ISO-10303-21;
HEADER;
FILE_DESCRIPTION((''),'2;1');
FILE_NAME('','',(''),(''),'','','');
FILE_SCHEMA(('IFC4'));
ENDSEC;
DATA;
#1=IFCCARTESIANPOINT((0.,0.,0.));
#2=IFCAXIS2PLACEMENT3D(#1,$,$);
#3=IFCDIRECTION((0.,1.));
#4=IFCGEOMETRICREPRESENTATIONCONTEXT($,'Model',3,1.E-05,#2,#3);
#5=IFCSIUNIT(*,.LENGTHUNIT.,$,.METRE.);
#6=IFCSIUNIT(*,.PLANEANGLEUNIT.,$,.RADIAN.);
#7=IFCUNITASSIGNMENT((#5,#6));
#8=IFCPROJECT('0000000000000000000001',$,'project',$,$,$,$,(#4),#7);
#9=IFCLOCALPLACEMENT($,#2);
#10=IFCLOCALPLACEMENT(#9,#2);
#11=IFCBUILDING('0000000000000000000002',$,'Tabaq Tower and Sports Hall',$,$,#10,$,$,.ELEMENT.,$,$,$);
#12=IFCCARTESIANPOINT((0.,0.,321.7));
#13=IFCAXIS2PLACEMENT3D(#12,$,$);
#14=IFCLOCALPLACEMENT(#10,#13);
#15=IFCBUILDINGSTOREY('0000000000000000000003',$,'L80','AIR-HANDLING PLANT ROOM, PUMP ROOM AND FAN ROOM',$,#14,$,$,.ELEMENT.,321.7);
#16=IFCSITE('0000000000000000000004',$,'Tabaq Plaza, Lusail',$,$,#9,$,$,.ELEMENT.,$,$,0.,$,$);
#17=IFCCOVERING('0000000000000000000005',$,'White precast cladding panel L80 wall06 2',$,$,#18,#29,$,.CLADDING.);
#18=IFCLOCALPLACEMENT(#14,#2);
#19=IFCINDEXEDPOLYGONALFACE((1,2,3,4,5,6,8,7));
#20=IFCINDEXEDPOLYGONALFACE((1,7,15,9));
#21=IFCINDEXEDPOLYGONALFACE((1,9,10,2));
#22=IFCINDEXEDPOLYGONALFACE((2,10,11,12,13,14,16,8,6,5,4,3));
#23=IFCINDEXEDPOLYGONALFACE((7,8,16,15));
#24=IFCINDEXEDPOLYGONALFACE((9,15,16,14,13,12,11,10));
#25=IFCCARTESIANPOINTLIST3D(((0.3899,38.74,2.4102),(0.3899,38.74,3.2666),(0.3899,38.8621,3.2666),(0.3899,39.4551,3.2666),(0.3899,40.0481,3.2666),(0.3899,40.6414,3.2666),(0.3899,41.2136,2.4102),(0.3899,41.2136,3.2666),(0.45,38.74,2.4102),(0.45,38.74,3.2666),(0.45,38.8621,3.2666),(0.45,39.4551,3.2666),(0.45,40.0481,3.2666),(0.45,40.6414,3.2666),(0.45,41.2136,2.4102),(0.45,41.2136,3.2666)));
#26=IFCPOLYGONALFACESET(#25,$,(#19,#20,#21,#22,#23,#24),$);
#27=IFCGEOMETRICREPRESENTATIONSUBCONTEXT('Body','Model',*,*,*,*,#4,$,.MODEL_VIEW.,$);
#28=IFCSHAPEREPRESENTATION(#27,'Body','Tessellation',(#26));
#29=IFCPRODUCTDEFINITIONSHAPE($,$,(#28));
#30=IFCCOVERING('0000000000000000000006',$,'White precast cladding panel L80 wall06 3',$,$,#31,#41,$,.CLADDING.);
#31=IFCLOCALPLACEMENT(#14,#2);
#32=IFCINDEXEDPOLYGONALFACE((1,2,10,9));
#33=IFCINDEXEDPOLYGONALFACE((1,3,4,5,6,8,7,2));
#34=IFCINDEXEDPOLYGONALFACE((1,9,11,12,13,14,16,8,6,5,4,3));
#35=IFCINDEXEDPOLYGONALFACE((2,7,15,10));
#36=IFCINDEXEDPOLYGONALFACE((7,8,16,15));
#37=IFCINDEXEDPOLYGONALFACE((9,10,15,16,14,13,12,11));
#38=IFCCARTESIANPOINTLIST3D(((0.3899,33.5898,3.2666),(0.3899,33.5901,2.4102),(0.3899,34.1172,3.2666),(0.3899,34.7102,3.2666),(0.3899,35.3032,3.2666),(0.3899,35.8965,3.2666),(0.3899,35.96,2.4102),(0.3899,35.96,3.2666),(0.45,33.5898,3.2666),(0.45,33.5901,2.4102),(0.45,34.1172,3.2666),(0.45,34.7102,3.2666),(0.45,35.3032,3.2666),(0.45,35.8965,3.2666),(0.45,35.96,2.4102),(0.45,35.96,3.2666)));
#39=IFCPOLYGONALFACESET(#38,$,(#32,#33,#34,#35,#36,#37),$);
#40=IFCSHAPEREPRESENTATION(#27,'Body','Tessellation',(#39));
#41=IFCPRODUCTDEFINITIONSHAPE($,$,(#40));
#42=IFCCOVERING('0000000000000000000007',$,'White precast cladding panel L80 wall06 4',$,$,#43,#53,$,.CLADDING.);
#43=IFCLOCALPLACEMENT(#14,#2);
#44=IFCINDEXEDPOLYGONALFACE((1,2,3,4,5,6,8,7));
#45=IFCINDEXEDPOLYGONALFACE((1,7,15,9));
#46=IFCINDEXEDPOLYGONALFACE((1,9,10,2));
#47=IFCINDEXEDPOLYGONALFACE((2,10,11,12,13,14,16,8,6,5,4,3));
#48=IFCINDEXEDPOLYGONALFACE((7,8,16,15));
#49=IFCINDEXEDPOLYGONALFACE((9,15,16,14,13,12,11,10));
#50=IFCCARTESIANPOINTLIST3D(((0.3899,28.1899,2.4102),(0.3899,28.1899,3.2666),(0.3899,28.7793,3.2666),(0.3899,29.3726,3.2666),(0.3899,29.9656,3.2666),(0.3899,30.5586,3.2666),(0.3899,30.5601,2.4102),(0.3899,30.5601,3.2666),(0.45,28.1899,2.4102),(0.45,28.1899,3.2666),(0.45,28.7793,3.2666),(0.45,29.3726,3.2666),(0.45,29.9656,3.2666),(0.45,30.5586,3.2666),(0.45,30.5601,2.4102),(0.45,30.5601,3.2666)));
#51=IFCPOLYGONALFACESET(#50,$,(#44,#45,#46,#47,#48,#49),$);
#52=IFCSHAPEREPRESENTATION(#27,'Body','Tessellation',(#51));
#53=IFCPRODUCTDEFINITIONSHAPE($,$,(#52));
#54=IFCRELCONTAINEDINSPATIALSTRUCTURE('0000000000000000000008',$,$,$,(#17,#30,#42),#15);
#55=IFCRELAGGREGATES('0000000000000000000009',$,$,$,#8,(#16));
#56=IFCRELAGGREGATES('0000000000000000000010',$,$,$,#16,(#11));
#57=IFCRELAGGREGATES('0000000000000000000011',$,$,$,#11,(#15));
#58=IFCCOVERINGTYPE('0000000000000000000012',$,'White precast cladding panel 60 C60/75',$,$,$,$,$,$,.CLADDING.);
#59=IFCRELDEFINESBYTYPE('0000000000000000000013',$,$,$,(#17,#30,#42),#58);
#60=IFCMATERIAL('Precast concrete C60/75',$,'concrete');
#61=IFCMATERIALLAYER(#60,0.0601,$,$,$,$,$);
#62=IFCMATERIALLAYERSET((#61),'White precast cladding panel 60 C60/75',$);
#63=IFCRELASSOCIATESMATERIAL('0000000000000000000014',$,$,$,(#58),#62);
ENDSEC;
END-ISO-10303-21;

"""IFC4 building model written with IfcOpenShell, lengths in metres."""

from ifc_helpers import new_model, si_unit, direction, frame, origin, place, context, subcontext, project, spatial, polyline, outline, extrude, material, layer, layer_set, type_object, element, save


model = new_model("IFC4")

# Units and contexts
model_context = context("Model", 3, precision=1e-05, world=origin(), true_north=direction((0.0, 1.0)))
body_context = subcontext(model_context, "Body", "Model", "MODEL_VIEW")
ifc_project = project(units=[si_unit("LENGTHUNIT", "METRE"), si_unit("PLANEANGLEUNIT", "RADIAN")], contexts=[model_context])

# Site, building, storey
site_placement = place(None, origin())
site = spatial("IfcSite", under=ifc_project, at=site_placement, Name="Tabaq Plaza, Lusail", CompositionType="ELEMENT", RefElevation=0.0)
building_placement = place(site_placement, origin())
building = spatial("IfcBuilding", under=site, at=building_placement, Name="Tabaq Tower and Sports Hall", CompositionType="ELEMENT")
storey_placement = place(building_placement, frame((0.0, 0.0, 321.7)))
storey = spatial("IfcBuildingStorey", under=building, at=storey_placement, Name="L80", Description="AIR-HANDLING PLANT ROOM, PUMP ROOM AND FAN ROOM", CompositionType="ELEMENT", Elevation=321.7)

# Coverings
ifc_material_1 = material(Name="Precast concrete C60/75", Category="concrete")
ifc_layer_1 = layer(ifc_material_1, 0.0601)
ifc_layer_set_1 = layer_set([ifc_layer_1], Name="White precast cladding panel 60 C60/75")
covering_type_1 = type_object("IfcCoveringType", Name="White precast cladding panel 60 C60/75", PredefinedType="CLADDING", material=ifc_layer_set_1)
covering_1_placement = place(storey_placement, frame((0.4199, 41.2136, 2.4102), z_axis=(0.0, 0.0, 1.0), x_axis=(0.0, -1.0, 0.0)))
element("IfcCovering", 1, at=covering_1_placement, inside=storey, type_object=covering_type_1, Name="White precast cladding panel L80 wall06 2", PredefinedType="CLADDING", context=body_context, shape_type="SweptSolid", body=[
    extrude(outline(polyline([(0.0, 0.0), (2.4736, 0.0), (2.4736, 0.8564), (2.3516, 0.8564), (1.7585, 0.8564), (1.1655, 0.8564), (0.5723, 0.8564), (0.0, 0.8564), (0.0, 0.0)])), frame((0.0, 0.03, 0.0), z_axis=(0.0, -1.0, 0.0), x_axis=(1.0, 0.0, 0.0)), (0.0, 0.0, 1.0), 0.0601),
])
covering_2_placement = place(storey_placement, frame((0.4199, 35.96, 2.4102), z_axis=(0.0, 0.0, 1.0), x_axis=(0.0, -1.0, 0.0)))
element("IfcCovering", 2, at=covering_2_placement, inside=storey, type_object=covering_type_1, Name="White precast cladding panel L80 wall06 3", PredefinedType="CLADDING", context=body_context, shape_type="SweptSolid", body=[
    extrude(outline(polyline([(0.0, 0.0), (2.3699, 0.0), (2.3701, 0.8564), (1.8428, 0.8564), (1.2498, 0.8564), (0.6567, 0.8564), (0.0635, 0.8564), (0.0, 0.8564), (0.0, 0.0)])), frame((0.0, 0.03, 0.0), z_axis=(0.0, -1.0, 0.0), x_axis=(1.0, 0.0, 0.0)), (0.0, 0.0, 1.0), 0.0601),
])
covering_3_placement = place(storey_placement, frame((0.4199, 30.5601, 2.4102), z_axis=(0.0, 0.0, 1.0), x_axis=(0.0, -1.0, 0.0)))
element("IfcCovering", 3, at=covering_3_placement, inside=storey, type_object=covering_type_1, Name="White precast cladding panel L80 wall06 4", PredefinedType="CLADDING", context=body_context, shape_type="SweptSolid", body=[
    extrude(outline(polyline([(0.0, 0.0), (2.3701, 0.0), (2.3701, 0.8564), (1.7808, 0.8564), (1.1875, 0.8564), (0.5945, 0.8564), (0.0015, 0.8564), (0.0, 0.8564), (0.0, 0.0)])), frame((0.0, 0.03, 0.0), z_axis=(0.0, -1.0, 0.0), x_axis=(1.0, 0.0, 0.0)), (0.0, 0.0, 1.0), 0.0601),
])

save(model, "model.ifc")
